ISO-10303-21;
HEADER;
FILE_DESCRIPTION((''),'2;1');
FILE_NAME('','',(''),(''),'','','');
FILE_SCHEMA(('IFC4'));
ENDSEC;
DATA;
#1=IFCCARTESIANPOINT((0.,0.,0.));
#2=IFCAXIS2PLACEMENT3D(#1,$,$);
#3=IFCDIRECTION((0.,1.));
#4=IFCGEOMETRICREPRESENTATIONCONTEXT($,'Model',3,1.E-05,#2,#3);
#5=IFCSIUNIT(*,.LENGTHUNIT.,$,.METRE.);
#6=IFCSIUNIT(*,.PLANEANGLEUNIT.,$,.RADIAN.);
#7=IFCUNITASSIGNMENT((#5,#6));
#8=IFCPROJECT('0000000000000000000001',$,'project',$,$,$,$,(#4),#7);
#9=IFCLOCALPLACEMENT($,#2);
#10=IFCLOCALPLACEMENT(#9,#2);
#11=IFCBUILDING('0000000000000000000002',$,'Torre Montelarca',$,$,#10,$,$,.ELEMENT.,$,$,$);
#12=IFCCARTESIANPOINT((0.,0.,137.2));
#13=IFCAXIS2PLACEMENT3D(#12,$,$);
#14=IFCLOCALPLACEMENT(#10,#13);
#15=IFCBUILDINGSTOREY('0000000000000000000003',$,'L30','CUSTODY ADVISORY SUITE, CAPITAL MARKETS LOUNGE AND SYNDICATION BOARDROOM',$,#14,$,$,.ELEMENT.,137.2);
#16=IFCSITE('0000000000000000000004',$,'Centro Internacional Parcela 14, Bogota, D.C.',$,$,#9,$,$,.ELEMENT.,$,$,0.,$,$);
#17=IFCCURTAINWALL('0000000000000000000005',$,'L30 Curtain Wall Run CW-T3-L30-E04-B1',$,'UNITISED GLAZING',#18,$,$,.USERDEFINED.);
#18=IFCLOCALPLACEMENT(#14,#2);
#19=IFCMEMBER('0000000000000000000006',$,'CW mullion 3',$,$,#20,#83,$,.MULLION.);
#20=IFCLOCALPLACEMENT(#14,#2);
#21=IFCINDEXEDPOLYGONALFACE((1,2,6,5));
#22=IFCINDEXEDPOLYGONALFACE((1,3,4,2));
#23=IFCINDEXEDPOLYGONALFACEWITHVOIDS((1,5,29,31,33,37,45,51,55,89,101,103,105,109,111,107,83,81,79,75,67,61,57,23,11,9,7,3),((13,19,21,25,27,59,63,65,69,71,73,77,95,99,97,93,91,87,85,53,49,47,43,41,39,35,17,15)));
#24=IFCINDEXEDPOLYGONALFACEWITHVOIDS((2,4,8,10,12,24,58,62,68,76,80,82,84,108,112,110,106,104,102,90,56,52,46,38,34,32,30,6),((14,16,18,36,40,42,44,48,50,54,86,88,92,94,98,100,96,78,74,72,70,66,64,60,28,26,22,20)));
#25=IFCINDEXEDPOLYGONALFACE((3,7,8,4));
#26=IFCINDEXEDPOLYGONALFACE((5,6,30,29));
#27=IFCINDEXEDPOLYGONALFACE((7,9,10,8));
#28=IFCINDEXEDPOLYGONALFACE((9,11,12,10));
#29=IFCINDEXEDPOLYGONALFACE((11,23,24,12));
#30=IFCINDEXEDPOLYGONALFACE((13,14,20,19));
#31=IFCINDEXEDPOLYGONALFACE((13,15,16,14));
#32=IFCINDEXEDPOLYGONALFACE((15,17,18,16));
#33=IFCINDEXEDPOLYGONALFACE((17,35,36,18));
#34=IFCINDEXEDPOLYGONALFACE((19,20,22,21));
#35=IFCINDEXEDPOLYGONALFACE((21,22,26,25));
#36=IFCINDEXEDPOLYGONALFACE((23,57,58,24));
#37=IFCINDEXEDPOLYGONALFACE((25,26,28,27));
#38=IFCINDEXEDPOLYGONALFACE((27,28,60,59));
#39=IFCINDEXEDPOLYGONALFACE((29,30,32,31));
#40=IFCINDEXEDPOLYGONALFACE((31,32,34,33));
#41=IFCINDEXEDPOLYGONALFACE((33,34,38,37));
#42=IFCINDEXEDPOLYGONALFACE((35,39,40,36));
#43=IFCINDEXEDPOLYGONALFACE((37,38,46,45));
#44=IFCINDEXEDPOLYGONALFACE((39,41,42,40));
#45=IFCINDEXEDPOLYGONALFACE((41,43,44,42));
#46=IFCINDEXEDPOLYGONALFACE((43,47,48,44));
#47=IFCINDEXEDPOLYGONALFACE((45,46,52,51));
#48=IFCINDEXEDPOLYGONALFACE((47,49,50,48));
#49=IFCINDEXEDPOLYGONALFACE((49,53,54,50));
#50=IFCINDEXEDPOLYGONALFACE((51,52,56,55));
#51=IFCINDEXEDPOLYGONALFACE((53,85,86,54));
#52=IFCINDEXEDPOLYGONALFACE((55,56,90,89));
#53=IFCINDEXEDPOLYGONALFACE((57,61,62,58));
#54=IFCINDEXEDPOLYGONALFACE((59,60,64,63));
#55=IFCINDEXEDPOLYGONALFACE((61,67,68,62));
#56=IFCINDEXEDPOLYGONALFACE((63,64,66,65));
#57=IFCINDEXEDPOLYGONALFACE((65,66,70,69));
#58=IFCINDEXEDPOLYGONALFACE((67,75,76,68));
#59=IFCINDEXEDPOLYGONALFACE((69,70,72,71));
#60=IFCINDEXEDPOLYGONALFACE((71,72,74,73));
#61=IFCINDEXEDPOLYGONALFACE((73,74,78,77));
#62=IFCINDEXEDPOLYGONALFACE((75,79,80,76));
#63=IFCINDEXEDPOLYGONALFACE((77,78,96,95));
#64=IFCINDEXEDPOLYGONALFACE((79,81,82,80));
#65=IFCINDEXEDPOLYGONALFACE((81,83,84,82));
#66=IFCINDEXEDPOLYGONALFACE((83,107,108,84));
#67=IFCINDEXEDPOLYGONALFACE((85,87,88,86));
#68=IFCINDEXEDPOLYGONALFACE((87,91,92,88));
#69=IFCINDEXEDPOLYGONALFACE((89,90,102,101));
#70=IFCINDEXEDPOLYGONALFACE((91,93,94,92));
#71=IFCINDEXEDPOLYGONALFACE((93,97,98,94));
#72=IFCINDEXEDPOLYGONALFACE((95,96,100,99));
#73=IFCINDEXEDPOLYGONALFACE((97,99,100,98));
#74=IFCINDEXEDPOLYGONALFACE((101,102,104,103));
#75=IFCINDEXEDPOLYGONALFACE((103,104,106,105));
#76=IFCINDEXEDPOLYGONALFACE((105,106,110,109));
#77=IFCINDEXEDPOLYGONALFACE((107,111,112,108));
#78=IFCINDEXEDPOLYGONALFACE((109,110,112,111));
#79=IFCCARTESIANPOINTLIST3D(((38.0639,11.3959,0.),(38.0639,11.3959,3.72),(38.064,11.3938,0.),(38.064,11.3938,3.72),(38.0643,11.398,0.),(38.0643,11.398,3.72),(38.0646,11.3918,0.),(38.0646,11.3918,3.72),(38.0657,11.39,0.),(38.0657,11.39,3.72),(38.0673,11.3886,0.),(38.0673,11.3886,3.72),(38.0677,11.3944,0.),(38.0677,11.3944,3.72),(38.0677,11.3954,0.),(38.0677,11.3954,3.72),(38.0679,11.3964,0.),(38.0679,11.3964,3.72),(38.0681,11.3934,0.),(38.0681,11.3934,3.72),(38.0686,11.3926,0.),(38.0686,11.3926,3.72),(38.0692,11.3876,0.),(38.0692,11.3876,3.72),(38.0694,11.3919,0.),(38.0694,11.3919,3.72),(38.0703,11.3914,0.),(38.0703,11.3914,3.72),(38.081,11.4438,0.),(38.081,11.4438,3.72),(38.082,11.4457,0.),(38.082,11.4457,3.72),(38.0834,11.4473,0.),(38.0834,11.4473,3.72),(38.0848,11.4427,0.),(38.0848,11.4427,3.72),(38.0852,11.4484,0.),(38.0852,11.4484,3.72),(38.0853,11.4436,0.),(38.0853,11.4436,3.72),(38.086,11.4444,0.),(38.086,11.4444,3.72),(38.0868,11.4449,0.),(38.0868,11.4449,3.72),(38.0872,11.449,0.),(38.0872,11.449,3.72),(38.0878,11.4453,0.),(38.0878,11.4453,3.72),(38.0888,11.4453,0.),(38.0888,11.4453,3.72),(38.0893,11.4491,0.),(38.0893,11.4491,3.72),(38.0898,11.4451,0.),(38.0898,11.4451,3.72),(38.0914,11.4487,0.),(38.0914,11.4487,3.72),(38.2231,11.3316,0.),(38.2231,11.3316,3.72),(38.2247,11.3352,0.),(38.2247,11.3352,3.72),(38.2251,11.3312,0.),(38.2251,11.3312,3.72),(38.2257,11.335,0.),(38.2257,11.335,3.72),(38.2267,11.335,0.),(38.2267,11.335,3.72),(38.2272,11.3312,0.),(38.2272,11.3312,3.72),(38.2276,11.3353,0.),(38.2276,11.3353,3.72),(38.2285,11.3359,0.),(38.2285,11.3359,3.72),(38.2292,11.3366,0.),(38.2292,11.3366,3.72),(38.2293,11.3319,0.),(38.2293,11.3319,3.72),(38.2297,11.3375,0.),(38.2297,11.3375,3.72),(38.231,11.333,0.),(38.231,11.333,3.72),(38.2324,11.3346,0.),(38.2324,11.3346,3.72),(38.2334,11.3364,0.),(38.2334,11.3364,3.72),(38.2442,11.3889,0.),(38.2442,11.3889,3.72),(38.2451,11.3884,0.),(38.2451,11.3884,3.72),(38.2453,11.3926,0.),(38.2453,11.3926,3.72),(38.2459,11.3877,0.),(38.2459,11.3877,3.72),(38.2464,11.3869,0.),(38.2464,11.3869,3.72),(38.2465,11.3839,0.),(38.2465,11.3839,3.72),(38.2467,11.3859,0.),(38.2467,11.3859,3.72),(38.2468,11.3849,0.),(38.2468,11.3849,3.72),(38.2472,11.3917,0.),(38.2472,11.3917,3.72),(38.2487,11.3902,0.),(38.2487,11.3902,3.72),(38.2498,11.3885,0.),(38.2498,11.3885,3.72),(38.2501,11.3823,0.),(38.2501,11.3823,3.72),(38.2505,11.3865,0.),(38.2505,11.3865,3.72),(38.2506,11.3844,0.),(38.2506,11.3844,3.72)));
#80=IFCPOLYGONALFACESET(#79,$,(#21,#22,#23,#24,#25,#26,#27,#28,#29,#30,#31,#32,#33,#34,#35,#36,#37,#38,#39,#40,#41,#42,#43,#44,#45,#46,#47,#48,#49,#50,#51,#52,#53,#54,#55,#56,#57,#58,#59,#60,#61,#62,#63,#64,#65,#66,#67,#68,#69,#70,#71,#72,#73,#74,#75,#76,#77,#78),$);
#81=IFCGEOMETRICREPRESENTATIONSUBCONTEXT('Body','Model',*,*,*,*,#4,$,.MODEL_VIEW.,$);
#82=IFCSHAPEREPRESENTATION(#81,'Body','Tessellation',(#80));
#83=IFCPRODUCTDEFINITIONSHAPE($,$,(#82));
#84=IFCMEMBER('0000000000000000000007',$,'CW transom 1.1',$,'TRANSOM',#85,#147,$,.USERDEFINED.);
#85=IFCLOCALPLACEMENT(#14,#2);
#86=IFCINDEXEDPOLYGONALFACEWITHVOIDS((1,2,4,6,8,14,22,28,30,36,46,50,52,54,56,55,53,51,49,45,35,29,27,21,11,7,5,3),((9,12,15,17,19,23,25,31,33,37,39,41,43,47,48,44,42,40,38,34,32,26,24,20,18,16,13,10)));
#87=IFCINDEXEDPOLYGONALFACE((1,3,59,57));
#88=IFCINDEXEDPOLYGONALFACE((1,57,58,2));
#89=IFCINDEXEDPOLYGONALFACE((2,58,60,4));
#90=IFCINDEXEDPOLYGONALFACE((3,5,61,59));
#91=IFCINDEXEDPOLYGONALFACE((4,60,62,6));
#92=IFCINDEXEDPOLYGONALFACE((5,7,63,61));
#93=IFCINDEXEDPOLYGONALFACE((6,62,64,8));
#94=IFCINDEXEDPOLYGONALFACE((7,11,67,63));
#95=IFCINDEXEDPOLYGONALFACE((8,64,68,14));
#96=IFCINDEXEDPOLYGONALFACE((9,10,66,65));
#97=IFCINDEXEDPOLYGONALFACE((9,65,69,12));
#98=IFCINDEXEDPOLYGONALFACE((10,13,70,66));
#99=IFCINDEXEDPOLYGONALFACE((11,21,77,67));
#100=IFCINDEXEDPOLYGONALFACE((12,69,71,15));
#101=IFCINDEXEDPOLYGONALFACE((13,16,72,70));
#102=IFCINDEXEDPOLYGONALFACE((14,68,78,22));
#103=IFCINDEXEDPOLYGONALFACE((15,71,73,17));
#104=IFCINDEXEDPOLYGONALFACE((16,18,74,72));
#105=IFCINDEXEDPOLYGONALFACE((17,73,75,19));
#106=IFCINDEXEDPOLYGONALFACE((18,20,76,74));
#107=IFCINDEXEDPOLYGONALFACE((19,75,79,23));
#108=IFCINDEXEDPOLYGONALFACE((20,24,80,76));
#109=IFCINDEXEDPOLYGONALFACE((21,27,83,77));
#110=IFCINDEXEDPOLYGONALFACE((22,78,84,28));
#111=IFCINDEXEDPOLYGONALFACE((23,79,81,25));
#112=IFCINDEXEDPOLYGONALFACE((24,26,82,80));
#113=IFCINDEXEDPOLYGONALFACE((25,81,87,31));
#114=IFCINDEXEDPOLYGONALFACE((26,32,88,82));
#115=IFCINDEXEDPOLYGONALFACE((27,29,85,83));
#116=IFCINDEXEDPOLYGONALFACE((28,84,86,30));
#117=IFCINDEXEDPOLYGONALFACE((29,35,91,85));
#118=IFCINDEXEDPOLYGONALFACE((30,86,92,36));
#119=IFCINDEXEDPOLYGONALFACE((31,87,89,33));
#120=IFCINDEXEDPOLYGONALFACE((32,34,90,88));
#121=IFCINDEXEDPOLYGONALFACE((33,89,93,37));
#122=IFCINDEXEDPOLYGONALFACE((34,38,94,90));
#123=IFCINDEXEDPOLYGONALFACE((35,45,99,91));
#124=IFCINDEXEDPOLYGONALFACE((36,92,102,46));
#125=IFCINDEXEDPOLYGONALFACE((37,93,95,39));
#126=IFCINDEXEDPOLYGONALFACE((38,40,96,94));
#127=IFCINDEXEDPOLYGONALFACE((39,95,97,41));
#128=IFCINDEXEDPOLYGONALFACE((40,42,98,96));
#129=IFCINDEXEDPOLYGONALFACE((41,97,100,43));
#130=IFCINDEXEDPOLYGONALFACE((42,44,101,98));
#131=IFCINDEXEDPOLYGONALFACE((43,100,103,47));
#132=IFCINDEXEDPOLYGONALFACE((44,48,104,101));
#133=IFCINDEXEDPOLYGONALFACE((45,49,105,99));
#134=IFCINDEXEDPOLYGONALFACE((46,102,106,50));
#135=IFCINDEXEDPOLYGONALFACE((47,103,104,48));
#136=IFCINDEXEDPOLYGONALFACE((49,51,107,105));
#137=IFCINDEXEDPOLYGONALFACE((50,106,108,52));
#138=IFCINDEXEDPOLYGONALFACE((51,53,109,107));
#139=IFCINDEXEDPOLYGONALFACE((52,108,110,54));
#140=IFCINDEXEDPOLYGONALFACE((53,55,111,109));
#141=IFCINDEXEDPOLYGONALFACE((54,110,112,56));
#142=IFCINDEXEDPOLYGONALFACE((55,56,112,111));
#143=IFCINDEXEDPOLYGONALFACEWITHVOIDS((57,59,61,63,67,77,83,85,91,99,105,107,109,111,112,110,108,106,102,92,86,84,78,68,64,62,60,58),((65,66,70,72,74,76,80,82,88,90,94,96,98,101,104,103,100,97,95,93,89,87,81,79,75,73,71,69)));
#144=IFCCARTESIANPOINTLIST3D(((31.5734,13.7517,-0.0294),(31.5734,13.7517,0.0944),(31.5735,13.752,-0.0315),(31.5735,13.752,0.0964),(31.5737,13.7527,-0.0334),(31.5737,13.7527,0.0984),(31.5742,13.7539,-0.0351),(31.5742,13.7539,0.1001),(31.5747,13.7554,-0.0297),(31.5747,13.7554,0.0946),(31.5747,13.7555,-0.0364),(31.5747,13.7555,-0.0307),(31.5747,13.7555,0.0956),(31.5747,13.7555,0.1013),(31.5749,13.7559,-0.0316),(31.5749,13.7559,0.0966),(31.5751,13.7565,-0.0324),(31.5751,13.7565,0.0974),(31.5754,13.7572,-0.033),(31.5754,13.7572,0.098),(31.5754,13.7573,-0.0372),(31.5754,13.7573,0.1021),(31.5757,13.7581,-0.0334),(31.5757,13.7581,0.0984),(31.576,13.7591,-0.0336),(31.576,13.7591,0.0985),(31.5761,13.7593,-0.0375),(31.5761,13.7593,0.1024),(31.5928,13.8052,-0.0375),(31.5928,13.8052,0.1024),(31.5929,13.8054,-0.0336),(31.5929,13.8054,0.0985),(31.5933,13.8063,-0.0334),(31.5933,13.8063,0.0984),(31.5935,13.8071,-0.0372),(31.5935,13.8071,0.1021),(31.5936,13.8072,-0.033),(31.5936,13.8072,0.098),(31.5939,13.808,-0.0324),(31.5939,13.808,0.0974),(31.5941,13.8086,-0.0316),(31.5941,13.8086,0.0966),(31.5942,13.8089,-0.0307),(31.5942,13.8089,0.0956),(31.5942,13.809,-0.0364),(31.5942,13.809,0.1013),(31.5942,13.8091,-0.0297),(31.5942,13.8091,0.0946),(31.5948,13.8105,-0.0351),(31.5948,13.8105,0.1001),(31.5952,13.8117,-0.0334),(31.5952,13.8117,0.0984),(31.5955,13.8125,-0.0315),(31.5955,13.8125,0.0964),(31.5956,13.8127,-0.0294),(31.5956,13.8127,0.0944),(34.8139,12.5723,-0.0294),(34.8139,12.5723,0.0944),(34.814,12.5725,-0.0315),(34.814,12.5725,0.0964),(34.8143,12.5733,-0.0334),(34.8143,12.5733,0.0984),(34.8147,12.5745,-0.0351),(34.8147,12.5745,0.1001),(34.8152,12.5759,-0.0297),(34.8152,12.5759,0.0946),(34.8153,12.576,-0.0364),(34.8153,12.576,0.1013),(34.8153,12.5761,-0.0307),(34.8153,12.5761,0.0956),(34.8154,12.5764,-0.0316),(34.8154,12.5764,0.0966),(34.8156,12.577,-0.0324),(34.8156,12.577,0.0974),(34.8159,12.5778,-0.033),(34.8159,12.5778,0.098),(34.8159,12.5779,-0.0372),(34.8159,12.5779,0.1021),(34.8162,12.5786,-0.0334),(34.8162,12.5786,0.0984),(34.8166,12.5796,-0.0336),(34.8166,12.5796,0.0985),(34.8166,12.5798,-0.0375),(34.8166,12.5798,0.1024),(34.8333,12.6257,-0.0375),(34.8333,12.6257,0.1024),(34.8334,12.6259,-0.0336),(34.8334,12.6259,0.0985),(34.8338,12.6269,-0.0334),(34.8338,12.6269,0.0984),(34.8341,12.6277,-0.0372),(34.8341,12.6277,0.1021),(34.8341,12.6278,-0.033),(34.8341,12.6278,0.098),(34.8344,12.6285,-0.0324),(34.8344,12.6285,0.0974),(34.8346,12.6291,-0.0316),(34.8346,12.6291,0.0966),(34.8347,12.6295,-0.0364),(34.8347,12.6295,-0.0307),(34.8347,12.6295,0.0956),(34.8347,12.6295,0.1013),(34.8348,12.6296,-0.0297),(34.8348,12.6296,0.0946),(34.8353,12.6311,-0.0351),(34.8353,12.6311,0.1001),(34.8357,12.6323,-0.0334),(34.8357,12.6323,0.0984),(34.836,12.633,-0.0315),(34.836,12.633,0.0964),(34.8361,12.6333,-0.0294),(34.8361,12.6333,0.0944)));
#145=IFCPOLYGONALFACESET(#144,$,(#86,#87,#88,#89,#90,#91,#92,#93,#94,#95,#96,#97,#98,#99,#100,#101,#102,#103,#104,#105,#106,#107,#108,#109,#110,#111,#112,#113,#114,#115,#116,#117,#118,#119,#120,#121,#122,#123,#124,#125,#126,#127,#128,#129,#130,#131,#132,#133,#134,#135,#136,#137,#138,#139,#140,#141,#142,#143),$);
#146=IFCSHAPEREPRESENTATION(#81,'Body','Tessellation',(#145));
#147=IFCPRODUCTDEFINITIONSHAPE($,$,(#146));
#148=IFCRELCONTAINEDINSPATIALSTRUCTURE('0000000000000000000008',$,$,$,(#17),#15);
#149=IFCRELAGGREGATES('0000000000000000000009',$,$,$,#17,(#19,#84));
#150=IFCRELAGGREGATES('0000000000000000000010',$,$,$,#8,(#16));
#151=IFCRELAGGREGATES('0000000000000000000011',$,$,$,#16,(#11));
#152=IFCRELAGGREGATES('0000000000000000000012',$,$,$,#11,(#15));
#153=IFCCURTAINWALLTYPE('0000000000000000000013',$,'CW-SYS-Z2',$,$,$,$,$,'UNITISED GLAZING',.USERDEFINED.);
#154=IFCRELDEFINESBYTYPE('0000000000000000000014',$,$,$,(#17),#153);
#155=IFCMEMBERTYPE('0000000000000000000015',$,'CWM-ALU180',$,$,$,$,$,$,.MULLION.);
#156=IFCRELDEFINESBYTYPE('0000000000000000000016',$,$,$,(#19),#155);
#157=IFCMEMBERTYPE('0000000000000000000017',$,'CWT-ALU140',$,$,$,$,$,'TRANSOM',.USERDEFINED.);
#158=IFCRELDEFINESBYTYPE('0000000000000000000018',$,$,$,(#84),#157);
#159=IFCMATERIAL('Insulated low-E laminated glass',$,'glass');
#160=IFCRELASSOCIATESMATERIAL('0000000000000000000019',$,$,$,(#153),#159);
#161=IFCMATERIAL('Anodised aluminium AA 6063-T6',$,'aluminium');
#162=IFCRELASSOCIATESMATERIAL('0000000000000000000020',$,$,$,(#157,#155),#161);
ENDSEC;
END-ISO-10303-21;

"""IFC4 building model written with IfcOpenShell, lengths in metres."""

from ifc_helpers import new_model, si_unit, direction, frame, origin, origin_2d, place, context, subcontext, project, spatial, hollow_rectangle, extrude, source, transform, mapped, material, material_profile, profile_set, type_object, element, aggregate, save


model = new_model("IFC4")

# Units and contexts
model_context = context("Model", 3, precision=1e-05, world=origin(), true_north=direction((0.0, 1.0)))
body_context = subcontext(model_context, "Body", "Model", "MODEL_VIEW")
ifc_project = project(units=[si_unit("LENGTHUNIT", "METRE"), si_unit("PLANEANGLEUNIT", "RADIAN")], contexts=[model_context])

# Site, building, storey
site_placement = place(None, origin())
site = spatial("IfcSite", under=ifc_project, at=site_placement, Name="Centro Internacional Parcela 14, Bogota, D.C.", CompositionType="ELEMENT", RefElevation=0.0)
building_placement = place(site_placement, origin())
building = spatial("IfcBuilding", under=site, at=building_placement, Name="Torre Montelarca", CompositionType="ELEMENT")
storey_placement = place(building_placement, frame((0.0, 0.0, 137.2)))
storey = spatial("IfcBuildingStorey", under=building, at=storey_placement, Name="L30", Description="CUSTODY ADVISORY SUITE, CAPITAL MARKETS LOUNGE AND SYNDICATION BOARDROOM", CompositionType="ELEMENT", Elevation=137.2)

# Shared definitions
ifc_material_1 = material(Name="Insulated low-E laminated glass", Category="glass")
curtain_wall_type = type_object("IfcCurtainWallType", Name="CW-SYS-Z2", ElementType="UNITISED GLAZING", PredefinedType="USERDEFINED", material=ifc_material_1)
ifc_material_2 = material(Name="Anodised aluminium AA 6063-T6", Category="aluminium")
ifc_material_profile_1 = material_profile(ifc_material_2, hollow_rectangle(XDim=0.0649, YDim=0.1399, WallThickness=0.0039, InnerFilletRadius=0.0039, OuterFilletRadius=0.0081, at=origin_2d()), Name="ALU65X140X4", Category="aluminium")
ifc_profile_set_1 = profile_set([ifc_material_profile_1], Name="Anodised aluminium AA 6063-T6")
member_type_1 = type_object("IfcMemberType", Name="CWT-ALU140", ElementType="TRANSOM", PredefinedType="USERDEFINED", material=ifc_profile_set_1)

# Shared definitions
ifc_material_profile_2 = material_profile(ifc_material_2, hollow_rectangle(XDim=0.0649, YDim=0.1799, WallThickness=0.0039, InnerFilletRadius=0.0039, OuterFilletRadius=0.0081, at=origin_2d()), Name="ALU65X180X4", Category="aluminium")
ifc_profile_set_2 = profile_set([ifc_material_profile_2], Name="Anodised aluminium AA 6063-T6")
member_type_2 = type_object("IfcMemberType", Name="CWM-ALU180", PredefinedType="MULLION", material=ifc_profile_set_2)
shared_shape_1 = source(origin(), body_context, "Body", "SweptSolid", [
    extrude(hollow_rectangle(XDim=0.0649, YDim=0.1799, WallThickness=0.0039, InnerFilletRadius=0.0039, OuterFilletRadius=0.0081, at=origin_2d()), origin(), (0.0, 0.0, 1.0), 3.72),
])

# Curtain wall, members
curtain_wall_1_placement = place(storey_placement, origin())
curtain_wall_1 = element("IfcCurtainWall", 1, at=curtain_wall_1_placement, inside=storey, type_object=curtain_wall_type, Name="L30 Curtain Wall Run CW-T3-L30-E04-B1", ObjectType="UNITISED GLAZING", PredefinedType="USERDEFINED")
member_1_placement = place(storey_placement, frame((38.1572, 11.3901, 0.0), z_axis=(0.0, 0.0, 1.0), x_axis=(0.342015, 0.939695, 0.0)))
member_1 = element("IfcMember", 2, at=member_1_placement, type_object=member_type_2, Name="CW mullion 3", PredefinedType="MULLION", context=body_context, shape_type="MappedRepresentation", body=[
    mapped(shared_shape_1, transform((0.0, 0.0, 0.0), scale=1.0)),
])
shared_shape_2 = source(origin(), body_context, "Body", "SweptSolid", [
    extrude(hollow_rectangle(XDim=0.0649, YDim=0.1399, WallThickness=0.0039, InnerFilletRadius=0.0039, OuterFilletRadius=0.0081, at=origin_2d()), origin(), (0.0, 0.0, 1.0), 3.4485),
])
member_2_placement = place(storey_placement, frame((31.5845, 13.7822, 0.0325), z_axis=(0.939692, -0.342022, 0.0), x_axis=(0.342022, 0.939692, 0.0)))
member_2 = element("IfcMember", 3, at=member_2_placement, type_object=member_type_1, Name="CW transom 1.1", ObjectType="TRANSOM", PredefinedType="USERDEFINED", context=body_context, shape_type="MappedRepresentation", body=[
    mapped(shared_shape_2, transform((0.0, 0.0, 0.0), scale=1.0)),
])

aggregate(curtain_wall_1, [member_1, member_2])

save(model, "model.ifc")
